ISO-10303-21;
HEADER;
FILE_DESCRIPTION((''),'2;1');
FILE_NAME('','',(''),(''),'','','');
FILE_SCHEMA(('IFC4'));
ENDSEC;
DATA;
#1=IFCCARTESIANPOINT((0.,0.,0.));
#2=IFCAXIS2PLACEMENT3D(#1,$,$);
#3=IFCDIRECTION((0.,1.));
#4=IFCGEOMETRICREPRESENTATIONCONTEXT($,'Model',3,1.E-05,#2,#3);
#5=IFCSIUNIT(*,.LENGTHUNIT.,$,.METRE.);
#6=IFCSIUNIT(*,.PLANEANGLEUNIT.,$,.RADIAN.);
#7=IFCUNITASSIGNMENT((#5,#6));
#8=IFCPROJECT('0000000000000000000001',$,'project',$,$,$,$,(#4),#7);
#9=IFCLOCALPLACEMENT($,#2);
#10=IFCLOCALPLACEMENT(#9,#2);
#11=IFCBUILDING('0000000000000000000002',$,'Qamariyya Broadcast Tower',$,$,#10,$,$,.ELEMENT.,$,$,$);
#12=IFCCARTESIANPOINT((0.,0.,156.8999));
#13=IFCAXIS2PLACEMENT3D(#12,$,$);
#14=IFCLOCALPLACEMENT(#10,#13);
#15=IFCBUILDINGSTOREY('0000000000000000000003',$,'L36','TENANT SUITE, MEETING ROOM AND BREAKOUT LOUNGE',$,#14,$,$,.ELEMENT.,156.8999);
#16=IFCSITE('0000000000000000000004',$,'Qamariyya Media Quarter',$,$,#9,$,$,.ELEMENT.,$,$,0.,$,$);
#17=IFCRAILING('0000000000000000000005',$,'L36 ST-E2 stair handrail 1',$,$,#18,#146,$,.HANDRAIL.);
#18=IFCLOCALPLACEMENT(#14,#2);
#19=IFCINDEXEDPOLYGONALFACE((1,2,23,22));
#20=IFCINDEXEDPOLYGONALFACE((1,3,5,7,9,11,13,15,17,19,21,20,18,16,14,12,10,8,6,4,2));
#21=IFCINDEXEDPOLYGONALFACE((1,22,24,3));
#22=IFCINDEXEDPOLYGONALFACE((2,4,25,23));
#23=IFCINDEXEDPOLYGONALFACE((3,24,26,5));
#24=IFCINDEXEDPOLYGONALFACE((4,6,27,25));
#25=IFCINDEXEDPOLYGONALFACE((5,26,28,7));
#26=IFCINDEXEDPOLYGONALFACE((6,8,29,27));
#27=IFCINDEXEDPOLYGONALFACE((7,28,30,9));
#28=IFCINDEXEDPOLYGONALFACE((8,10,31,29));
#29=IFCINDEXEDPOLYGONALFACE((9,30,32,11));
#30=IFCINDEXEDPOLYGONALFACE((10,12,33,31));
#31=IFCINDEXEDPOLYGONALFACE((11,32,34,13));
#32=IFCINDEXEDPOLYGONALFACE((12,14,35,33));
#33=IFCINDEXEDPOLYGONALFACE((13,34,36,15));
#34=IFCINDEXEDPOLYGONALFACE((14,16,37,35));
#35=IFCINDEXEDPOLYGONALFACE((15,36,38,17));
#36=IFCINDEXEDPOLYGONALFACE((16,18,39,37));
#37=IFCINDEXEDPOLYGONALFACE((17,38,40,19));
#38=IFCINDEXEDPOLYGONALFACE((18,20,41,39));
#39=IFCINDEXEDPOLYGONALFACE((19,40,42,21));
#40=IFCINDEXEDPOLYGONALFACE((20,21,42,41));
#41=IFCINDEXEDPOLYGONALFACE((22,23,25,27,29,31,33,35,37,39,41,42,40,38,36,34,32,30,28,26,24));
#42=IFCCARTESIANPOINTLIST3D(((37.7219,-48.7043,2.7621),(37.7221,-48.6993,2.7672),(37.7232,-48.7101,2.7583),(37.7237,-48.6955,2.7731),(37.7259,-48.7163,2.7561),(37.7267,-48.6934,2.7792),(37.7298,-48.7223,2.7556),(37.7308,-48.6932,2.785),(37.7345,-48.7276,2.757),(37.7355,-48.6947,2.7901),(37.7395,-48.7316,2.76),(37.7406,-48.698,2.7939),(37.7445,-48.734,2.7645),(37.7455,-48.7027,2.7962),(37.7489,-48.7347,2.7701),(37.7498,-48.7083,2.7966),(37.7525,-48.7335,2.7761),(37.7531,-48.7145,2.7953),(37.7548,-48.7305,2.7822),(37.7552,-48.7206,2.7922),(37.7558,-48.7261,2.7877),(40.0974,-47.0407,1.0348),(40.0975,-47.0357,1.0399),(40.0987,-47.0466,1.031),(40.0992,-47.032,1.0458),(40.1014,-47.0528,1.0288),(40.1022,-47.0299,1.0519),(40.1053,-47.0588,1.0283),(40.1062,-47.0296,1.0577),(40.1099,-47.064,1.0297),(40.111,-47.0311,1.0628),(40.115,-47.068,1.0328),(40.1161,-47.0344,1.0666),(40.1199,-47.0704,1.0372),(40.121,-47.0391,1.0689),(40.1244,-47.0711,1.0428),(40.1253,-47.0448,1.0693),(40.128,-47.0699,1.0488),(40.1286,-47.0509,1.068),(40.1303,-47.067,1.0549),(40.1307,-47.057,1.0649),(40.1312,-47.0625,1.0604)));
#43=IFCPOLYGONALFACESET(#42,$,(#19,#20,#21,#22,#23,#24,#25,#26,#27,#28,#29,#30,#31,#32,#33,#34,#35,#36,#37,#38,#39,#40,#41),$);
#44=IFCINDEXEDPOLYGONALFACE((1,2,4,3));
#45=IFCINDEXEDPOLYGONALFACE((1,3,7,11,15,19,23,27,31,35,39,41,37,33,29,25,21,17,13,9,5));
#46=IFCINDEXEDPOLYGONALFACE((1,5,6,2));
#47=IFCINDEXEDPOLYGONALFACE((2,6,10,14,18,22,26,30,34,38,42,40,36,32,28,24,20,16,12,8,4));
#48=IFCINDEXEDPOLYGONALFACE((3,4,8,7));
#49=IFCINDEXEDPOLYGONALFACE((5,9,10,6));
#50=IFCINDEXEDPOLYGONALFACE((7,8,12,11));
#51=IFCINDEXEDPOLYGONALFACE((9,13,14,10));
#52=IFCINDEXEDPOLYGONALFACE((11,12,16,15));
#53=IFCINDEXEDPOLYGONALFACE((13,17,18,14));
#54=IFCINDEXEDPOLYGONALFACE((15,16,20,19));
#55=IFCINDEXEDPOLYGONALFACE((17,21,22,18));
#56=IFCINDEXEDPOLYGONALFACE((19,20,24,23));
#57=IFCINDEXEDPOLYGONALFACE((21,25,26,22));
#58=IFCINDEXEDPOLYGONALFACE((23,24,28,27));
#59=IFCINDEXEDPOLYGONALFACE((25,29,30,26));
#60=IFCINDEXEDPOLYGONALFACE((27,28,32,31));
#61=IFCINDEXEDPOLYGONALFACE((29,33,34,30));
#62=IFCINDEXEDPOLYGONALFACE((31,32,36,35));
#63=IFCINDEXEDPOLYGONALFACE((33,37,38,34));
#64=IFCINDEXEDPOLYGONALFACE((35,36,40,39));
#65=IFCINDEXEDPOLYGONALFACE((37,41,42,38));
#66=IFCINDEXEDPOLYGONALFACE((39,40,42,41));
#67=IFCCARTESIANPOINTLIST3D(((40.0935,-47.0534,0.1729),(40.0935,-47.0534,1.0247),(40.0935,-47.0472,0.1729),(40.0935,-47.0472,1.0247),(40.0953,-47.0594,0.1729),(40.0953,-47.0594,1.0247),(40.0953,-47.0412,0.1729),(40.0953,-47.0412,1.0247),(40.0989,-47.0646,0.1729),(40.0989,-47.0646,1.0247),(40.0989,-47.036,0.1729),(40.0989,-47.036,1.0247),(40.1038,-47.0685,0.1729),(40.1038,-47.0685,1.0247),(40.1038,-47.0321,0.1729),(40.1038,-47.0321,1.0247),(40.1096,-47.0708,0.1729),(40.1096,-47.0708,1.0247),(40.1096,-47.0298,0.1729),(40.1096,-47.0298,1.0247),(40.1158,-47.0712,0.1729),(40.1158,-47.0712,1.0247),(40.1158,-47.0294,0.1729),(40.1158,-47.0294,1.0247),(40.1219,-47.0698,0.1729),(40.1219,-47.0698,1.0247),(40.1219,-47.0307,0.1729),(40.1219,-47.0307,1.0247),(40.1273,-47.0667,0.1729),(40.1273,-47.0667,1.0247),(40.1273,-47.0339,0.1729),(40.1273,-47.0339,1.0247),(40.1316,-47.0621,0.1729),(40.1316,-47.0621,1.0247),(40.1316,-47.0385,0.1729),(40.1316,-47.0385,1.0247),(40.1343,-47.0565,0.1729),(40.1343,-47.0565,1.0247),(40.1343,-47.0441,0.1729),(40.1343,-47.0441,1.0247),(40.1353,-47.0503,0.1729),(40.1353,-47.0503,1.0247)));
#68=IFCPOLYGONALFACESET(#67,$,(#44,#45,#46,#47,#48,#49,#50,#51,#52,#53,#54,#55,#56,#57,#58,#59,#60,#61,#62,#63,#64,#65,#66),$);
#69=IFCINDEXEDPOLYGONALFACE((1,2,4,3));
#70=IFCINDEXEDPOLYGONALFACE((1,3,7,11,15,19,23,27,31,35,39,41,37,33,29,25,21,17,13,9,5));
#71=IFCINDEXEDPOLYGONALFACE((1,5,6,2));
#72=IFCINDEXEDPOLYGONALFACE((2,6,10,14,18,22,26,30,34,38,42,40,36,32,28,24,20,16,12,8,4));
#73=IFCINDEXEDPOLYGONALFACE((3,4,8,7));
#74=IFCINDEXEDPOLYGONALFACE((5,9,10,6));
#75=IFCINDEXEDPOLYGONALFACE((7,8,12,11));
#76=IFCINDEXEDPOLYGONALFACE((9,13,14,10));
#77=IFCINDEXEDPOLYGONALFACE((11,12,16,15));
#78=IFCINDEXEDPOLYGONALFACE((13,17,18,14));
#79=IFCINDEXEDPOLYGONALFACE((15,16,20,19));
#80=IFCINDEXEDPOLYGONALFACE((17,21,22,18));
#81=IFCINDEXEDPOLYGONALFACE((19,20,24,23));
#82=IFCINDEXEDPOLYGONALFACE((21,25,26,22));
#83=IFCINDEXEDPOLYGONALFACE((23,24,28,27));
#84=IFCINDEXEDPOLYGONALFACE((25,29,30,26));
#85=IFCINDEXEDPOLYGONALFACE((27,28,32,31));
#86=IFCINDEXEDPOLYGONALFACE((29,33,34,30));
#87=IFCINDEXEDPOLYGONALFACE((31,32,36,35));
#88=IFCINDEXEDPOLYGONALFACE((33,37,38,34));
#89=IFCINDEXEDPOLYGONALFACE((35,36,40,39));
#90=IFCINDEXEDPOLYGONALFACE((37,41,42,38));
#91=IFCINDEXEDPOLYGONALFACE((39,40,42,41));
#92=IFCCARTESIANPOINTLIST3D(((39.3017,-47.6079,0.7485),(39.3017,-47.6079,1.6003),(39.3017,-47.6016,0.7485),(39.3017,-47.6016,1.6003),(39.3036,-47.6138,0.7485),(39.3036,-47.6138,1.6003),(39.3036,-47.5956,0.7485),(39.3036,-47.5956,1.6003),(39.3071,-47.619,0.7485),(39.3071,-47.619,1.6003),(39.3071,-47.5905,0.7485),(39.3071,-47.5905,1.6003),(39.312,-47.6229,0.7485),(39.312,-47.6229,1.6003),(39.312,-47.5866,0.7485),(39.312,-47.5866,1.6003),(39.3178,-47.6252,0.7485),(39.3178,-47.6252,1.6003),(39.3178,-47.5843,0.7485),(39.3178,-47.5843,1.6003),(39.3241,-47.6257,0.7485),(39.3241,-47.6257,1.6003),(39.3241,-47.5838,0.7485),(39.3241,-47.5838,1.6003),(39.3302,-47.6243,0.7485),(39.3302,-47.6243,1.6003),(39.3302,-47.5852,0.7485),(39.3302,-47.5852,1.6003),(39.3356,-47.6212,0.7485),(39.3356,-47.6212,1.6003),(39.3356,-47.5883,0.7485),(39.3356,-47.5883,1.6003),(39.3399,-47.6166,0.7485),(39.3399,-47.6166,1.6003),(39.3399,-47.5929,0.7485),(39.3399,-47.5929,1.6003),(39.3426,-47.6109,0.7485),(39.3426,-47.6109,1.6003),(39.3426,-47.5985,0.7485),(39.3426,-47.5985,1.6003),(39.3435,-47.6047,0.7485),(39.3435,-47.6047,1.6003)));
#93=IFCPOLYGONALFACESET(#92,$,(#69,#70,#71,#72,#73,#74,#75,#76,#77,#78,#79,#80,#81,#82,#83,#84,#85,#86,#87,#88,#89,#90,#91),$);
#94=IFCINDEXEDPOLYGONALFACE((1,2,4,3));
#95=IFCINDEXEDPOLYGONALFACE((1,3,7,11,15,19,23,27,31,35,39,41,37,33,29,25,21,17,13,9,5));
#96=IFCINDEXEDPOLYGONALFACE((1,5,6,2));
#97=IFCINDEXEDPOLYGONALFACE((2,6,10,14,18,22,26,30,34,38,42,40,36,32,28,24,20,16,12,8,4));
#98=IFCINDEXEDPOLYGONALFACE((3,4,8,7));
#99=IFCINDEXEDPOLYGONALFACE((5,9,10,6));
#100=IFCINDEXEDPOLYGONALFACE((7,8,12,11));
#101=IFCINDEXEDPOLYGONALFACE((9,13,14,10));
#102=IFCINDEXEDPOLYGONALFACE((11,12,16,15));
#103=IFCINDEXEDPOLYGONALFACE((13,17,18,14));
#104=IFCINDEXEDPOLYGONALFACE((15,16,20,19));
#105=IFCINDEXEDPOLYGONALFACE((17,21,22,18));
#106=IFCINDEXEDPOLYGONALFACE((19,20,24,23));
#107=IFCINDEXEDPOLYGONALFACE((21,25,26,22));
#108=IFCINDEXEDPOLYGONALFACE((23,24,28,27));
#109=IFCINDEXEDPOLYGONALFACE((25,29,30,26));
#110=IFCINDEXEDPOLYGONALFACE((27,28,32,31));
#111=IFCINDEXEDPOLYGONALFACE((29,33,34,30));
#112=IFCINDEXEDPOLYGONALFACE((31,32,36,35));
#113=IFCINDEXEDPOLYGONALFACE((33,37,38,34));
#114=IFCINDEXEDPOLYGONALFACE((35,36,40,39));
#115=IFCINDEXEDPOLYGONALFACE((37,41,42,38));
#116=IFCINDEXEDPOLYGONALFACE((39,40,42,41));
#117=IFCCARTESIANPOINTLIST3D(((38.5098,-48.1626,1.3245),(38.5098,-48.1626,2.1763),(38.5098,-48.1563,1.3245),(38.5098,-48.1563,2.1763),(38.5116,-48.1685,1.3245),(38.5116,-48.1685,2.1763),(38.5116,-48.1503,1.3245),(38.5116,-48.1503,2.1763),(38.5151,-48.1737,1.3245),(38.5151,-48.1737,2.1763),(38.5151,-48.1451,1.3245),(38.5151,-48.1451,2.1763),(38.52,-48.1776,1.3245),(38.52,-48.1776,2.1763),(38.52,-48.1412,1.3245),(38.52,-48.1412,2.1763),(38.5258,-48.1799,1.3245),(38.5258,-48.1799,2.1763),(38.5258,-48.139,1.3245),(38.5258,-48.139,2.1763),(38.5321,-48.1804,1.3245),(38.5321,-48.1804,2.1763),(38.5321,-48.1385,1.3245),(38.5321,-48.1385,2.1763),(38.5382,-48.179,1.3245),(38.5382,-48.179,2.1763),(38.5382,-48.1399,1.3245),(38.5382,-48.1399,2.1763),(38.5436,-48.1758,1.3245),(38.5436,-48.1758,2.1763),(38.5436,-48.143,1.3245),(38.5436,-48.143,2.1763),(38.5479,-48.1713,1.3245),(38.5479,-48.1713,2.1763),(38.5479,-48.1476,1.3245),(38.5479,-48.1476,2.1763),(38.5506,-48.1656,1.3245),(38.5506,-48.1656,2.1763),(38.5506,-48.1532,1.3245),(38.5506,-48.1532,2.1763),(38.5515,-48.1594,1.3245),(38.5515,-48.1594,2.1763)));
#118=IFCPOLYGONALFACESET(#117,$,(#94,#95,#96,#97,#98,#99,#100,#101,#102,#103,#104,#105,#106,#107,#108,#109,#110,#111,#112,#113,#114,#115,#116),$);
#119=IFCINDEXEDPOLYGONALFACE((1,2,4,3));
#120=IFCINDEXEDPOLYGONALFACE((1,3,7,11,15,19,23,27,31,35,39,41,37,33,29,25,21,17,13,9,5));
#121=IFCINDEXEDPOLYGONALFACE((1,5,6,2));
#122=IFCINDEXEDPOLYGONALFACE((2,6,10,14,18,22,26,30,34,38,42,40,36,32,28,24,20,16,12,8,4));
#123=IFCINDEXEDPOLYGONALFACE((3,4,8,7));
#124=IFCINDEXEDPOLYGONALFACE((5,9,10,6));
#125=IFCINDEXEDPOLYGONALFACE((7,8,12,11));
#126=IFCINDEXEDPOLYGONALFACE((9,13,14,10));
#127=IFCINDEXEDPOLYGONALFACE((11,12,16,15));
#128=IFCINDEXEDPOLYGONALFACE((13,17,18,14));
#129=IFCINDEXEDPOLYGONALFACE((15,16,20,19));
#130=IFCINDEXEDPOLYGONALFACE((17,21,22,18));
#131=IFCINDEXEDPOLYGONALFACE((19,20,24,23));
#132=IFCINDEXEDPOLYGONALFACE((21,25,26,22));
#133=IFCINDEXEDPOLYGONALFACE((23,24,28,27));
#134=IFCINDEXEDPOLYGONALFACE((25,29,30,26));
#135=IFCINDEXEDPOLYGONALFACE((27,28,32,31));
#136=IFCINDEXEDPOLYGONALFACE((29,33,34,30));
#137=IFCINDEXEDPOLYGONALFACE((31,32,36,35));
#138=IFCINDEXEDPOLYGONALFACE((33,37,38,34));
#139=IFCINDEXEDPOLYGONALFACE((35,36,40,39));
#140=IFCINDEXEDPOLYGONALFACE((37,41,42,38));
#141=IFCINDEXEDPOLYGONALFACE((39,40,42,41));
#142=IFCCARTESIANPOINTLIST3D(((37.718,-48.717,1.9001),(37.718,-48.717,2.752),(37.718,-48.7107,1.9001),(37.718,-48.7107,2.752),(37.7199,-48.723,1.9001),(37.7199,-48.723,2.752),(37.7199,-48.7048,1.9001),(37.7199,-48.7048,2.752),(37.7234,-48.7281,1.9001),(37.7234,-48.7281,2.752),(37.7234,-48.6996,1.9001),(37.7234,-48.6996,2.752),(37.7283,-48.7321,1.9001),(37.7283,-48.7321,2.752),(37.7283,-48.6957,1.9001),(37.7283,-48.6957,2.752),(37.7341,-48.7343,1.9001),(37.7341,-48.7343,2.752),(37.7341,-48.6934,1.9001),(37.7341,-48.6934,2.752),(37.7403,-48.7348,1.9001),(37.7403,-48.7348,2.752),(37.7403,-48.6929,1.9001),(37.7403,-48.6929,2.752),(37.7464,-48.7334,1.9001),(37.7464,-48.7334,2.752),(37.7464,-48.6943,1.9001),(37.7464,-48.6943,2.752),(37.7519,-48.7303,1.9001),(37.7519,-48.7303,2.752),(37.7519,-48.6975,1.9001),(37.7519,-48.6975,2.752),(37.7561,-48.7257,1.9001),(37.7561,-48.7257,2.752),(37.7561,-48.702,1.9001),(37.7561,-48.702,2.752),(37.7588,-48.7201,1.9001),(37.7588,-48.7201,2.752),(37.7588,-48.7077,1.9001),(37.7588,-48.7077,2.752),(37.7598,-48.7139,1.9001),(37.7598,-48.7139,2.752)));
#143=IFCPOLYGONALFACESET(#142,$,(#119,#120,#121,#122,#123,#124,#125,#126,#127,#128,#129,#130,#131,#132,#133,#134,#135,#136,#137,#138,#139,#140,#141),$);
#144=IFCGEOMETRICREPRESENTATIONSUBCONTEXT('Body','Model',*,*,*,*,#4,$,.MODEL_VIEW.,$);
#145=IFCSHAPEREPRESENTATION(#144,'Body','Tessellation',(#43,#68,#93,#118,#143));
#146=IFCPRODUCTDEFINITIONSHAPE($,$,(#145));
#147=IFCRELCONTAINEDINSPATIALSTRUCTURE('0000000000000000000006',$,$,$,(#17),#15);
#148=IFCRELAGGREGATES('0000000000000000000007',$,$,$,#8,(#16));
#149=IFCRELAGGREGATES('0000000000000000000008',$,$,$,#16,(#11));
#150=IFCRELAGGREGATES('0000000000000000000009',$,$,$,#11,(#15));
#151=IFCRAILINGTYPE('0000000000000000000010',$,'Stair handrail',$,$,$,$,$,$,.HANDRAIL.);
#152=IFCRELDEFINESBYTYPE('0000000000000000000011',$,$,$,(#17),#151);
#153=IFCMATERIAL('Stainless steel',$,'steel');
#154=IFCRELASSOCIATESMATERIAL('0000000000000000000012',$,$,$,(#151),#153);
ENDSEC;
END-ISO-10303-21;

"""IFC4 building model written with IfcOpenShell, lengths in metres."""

from ifc_helpers import new_model, si_unit, direction, frame, origin, origin_2d, place, context, subcontext, project, spatial, circle, extrude, material, type_object, element, save


model = new_model("IFC4")

# Units and contexts
model_context = context("Model", 3, precision=1e-05, world=origin(), true_north=direction((0.0, 1.0)))
body_context = subcontext(model_context, "Body", "Model", "MODEL_VIEW")
ifc_project = project(units=[si_unit("LENGTHUNIT", "METRE"), si_unit("PLANEANGLEUNIT", "RADIAN")], contexts=[model_context])

# Site, building, storey
site_placement = place(None, origin())
site = spatial("IfcSite", under=ifc_project, at=site_placement, Name="Qamariyya Media Quarter", CompositionType="ELEMENT", RefElevation=0.0)
building_placement = place(site_placement, origin())
building = spatial("IfcBuilding", under=site, at=building_placement, Name="Qamariyya Broadcast Tower", CompositionType="ELEMENT")
storey_placement = place(building_placement, frame((0.0, 0.0, 156.8999)))
storey = spatial("IfcBuildingStorey", under=building, at=storey_placement, Name="L36", Description="TENANT SUITE, MEETING ROOM AND BREAKOUT LOUNGE", CompositionType="ELEMENT", Elevation=156.8999)

# Railing
ifc_material_1 = material(Name="Stainless steel", Category="steel")
railing_type_1 = type_object("IfcRailingType", Name="Stair handrail", PredefinedType="HANDRAIL", material=ifc_material_1)
railing_1_placement = place(storey_placement, frame((40.1143, -47.0503, 0.1729)))
element("IfcRailing", 1, at=railing_1_placement, inside=storey, type_object=railing_type_1, Name="L36 ST-E2 stair handrail 1", PredefinedType="HANDRAIL", context=body_context, shape_type="SweptSolid", body=[
    extrude(circle(Radius=0.0239, at=origin_2d()), frame((0.0, 0.0, 0.876), z_axis=(-0.703745, -0.492838, 0.511716), x_axis=(0.573632, -0.819113, 0.0)), (0.0, 0.0, 1.0), 3.3755),
    extrude(circle(Radius=0.021, at=origin_2d()), origin(), (0.0, 0.0, 1.0), 0.8518),
    extrude(circle(Radius=0.021, at=origin_2d()), frame((-0.7917, -0.5544, 0.5757)), (0.0, 0.0, 1.0), 0.8518),
    extrude(circle(Radius=0.021, at=origin_2d()), frame((-1.5837, -1.1091, 1.1516)), (0.0, 0.0, 1.0), 0.8518),
    extrude(circle(Radius=0.021, at=origin_2d()), frame((-2.3755, -1.6636, 1.7273)), (0.0, 0.0, 1.0), 0.8518),
])

save(model, "model.ifc")
